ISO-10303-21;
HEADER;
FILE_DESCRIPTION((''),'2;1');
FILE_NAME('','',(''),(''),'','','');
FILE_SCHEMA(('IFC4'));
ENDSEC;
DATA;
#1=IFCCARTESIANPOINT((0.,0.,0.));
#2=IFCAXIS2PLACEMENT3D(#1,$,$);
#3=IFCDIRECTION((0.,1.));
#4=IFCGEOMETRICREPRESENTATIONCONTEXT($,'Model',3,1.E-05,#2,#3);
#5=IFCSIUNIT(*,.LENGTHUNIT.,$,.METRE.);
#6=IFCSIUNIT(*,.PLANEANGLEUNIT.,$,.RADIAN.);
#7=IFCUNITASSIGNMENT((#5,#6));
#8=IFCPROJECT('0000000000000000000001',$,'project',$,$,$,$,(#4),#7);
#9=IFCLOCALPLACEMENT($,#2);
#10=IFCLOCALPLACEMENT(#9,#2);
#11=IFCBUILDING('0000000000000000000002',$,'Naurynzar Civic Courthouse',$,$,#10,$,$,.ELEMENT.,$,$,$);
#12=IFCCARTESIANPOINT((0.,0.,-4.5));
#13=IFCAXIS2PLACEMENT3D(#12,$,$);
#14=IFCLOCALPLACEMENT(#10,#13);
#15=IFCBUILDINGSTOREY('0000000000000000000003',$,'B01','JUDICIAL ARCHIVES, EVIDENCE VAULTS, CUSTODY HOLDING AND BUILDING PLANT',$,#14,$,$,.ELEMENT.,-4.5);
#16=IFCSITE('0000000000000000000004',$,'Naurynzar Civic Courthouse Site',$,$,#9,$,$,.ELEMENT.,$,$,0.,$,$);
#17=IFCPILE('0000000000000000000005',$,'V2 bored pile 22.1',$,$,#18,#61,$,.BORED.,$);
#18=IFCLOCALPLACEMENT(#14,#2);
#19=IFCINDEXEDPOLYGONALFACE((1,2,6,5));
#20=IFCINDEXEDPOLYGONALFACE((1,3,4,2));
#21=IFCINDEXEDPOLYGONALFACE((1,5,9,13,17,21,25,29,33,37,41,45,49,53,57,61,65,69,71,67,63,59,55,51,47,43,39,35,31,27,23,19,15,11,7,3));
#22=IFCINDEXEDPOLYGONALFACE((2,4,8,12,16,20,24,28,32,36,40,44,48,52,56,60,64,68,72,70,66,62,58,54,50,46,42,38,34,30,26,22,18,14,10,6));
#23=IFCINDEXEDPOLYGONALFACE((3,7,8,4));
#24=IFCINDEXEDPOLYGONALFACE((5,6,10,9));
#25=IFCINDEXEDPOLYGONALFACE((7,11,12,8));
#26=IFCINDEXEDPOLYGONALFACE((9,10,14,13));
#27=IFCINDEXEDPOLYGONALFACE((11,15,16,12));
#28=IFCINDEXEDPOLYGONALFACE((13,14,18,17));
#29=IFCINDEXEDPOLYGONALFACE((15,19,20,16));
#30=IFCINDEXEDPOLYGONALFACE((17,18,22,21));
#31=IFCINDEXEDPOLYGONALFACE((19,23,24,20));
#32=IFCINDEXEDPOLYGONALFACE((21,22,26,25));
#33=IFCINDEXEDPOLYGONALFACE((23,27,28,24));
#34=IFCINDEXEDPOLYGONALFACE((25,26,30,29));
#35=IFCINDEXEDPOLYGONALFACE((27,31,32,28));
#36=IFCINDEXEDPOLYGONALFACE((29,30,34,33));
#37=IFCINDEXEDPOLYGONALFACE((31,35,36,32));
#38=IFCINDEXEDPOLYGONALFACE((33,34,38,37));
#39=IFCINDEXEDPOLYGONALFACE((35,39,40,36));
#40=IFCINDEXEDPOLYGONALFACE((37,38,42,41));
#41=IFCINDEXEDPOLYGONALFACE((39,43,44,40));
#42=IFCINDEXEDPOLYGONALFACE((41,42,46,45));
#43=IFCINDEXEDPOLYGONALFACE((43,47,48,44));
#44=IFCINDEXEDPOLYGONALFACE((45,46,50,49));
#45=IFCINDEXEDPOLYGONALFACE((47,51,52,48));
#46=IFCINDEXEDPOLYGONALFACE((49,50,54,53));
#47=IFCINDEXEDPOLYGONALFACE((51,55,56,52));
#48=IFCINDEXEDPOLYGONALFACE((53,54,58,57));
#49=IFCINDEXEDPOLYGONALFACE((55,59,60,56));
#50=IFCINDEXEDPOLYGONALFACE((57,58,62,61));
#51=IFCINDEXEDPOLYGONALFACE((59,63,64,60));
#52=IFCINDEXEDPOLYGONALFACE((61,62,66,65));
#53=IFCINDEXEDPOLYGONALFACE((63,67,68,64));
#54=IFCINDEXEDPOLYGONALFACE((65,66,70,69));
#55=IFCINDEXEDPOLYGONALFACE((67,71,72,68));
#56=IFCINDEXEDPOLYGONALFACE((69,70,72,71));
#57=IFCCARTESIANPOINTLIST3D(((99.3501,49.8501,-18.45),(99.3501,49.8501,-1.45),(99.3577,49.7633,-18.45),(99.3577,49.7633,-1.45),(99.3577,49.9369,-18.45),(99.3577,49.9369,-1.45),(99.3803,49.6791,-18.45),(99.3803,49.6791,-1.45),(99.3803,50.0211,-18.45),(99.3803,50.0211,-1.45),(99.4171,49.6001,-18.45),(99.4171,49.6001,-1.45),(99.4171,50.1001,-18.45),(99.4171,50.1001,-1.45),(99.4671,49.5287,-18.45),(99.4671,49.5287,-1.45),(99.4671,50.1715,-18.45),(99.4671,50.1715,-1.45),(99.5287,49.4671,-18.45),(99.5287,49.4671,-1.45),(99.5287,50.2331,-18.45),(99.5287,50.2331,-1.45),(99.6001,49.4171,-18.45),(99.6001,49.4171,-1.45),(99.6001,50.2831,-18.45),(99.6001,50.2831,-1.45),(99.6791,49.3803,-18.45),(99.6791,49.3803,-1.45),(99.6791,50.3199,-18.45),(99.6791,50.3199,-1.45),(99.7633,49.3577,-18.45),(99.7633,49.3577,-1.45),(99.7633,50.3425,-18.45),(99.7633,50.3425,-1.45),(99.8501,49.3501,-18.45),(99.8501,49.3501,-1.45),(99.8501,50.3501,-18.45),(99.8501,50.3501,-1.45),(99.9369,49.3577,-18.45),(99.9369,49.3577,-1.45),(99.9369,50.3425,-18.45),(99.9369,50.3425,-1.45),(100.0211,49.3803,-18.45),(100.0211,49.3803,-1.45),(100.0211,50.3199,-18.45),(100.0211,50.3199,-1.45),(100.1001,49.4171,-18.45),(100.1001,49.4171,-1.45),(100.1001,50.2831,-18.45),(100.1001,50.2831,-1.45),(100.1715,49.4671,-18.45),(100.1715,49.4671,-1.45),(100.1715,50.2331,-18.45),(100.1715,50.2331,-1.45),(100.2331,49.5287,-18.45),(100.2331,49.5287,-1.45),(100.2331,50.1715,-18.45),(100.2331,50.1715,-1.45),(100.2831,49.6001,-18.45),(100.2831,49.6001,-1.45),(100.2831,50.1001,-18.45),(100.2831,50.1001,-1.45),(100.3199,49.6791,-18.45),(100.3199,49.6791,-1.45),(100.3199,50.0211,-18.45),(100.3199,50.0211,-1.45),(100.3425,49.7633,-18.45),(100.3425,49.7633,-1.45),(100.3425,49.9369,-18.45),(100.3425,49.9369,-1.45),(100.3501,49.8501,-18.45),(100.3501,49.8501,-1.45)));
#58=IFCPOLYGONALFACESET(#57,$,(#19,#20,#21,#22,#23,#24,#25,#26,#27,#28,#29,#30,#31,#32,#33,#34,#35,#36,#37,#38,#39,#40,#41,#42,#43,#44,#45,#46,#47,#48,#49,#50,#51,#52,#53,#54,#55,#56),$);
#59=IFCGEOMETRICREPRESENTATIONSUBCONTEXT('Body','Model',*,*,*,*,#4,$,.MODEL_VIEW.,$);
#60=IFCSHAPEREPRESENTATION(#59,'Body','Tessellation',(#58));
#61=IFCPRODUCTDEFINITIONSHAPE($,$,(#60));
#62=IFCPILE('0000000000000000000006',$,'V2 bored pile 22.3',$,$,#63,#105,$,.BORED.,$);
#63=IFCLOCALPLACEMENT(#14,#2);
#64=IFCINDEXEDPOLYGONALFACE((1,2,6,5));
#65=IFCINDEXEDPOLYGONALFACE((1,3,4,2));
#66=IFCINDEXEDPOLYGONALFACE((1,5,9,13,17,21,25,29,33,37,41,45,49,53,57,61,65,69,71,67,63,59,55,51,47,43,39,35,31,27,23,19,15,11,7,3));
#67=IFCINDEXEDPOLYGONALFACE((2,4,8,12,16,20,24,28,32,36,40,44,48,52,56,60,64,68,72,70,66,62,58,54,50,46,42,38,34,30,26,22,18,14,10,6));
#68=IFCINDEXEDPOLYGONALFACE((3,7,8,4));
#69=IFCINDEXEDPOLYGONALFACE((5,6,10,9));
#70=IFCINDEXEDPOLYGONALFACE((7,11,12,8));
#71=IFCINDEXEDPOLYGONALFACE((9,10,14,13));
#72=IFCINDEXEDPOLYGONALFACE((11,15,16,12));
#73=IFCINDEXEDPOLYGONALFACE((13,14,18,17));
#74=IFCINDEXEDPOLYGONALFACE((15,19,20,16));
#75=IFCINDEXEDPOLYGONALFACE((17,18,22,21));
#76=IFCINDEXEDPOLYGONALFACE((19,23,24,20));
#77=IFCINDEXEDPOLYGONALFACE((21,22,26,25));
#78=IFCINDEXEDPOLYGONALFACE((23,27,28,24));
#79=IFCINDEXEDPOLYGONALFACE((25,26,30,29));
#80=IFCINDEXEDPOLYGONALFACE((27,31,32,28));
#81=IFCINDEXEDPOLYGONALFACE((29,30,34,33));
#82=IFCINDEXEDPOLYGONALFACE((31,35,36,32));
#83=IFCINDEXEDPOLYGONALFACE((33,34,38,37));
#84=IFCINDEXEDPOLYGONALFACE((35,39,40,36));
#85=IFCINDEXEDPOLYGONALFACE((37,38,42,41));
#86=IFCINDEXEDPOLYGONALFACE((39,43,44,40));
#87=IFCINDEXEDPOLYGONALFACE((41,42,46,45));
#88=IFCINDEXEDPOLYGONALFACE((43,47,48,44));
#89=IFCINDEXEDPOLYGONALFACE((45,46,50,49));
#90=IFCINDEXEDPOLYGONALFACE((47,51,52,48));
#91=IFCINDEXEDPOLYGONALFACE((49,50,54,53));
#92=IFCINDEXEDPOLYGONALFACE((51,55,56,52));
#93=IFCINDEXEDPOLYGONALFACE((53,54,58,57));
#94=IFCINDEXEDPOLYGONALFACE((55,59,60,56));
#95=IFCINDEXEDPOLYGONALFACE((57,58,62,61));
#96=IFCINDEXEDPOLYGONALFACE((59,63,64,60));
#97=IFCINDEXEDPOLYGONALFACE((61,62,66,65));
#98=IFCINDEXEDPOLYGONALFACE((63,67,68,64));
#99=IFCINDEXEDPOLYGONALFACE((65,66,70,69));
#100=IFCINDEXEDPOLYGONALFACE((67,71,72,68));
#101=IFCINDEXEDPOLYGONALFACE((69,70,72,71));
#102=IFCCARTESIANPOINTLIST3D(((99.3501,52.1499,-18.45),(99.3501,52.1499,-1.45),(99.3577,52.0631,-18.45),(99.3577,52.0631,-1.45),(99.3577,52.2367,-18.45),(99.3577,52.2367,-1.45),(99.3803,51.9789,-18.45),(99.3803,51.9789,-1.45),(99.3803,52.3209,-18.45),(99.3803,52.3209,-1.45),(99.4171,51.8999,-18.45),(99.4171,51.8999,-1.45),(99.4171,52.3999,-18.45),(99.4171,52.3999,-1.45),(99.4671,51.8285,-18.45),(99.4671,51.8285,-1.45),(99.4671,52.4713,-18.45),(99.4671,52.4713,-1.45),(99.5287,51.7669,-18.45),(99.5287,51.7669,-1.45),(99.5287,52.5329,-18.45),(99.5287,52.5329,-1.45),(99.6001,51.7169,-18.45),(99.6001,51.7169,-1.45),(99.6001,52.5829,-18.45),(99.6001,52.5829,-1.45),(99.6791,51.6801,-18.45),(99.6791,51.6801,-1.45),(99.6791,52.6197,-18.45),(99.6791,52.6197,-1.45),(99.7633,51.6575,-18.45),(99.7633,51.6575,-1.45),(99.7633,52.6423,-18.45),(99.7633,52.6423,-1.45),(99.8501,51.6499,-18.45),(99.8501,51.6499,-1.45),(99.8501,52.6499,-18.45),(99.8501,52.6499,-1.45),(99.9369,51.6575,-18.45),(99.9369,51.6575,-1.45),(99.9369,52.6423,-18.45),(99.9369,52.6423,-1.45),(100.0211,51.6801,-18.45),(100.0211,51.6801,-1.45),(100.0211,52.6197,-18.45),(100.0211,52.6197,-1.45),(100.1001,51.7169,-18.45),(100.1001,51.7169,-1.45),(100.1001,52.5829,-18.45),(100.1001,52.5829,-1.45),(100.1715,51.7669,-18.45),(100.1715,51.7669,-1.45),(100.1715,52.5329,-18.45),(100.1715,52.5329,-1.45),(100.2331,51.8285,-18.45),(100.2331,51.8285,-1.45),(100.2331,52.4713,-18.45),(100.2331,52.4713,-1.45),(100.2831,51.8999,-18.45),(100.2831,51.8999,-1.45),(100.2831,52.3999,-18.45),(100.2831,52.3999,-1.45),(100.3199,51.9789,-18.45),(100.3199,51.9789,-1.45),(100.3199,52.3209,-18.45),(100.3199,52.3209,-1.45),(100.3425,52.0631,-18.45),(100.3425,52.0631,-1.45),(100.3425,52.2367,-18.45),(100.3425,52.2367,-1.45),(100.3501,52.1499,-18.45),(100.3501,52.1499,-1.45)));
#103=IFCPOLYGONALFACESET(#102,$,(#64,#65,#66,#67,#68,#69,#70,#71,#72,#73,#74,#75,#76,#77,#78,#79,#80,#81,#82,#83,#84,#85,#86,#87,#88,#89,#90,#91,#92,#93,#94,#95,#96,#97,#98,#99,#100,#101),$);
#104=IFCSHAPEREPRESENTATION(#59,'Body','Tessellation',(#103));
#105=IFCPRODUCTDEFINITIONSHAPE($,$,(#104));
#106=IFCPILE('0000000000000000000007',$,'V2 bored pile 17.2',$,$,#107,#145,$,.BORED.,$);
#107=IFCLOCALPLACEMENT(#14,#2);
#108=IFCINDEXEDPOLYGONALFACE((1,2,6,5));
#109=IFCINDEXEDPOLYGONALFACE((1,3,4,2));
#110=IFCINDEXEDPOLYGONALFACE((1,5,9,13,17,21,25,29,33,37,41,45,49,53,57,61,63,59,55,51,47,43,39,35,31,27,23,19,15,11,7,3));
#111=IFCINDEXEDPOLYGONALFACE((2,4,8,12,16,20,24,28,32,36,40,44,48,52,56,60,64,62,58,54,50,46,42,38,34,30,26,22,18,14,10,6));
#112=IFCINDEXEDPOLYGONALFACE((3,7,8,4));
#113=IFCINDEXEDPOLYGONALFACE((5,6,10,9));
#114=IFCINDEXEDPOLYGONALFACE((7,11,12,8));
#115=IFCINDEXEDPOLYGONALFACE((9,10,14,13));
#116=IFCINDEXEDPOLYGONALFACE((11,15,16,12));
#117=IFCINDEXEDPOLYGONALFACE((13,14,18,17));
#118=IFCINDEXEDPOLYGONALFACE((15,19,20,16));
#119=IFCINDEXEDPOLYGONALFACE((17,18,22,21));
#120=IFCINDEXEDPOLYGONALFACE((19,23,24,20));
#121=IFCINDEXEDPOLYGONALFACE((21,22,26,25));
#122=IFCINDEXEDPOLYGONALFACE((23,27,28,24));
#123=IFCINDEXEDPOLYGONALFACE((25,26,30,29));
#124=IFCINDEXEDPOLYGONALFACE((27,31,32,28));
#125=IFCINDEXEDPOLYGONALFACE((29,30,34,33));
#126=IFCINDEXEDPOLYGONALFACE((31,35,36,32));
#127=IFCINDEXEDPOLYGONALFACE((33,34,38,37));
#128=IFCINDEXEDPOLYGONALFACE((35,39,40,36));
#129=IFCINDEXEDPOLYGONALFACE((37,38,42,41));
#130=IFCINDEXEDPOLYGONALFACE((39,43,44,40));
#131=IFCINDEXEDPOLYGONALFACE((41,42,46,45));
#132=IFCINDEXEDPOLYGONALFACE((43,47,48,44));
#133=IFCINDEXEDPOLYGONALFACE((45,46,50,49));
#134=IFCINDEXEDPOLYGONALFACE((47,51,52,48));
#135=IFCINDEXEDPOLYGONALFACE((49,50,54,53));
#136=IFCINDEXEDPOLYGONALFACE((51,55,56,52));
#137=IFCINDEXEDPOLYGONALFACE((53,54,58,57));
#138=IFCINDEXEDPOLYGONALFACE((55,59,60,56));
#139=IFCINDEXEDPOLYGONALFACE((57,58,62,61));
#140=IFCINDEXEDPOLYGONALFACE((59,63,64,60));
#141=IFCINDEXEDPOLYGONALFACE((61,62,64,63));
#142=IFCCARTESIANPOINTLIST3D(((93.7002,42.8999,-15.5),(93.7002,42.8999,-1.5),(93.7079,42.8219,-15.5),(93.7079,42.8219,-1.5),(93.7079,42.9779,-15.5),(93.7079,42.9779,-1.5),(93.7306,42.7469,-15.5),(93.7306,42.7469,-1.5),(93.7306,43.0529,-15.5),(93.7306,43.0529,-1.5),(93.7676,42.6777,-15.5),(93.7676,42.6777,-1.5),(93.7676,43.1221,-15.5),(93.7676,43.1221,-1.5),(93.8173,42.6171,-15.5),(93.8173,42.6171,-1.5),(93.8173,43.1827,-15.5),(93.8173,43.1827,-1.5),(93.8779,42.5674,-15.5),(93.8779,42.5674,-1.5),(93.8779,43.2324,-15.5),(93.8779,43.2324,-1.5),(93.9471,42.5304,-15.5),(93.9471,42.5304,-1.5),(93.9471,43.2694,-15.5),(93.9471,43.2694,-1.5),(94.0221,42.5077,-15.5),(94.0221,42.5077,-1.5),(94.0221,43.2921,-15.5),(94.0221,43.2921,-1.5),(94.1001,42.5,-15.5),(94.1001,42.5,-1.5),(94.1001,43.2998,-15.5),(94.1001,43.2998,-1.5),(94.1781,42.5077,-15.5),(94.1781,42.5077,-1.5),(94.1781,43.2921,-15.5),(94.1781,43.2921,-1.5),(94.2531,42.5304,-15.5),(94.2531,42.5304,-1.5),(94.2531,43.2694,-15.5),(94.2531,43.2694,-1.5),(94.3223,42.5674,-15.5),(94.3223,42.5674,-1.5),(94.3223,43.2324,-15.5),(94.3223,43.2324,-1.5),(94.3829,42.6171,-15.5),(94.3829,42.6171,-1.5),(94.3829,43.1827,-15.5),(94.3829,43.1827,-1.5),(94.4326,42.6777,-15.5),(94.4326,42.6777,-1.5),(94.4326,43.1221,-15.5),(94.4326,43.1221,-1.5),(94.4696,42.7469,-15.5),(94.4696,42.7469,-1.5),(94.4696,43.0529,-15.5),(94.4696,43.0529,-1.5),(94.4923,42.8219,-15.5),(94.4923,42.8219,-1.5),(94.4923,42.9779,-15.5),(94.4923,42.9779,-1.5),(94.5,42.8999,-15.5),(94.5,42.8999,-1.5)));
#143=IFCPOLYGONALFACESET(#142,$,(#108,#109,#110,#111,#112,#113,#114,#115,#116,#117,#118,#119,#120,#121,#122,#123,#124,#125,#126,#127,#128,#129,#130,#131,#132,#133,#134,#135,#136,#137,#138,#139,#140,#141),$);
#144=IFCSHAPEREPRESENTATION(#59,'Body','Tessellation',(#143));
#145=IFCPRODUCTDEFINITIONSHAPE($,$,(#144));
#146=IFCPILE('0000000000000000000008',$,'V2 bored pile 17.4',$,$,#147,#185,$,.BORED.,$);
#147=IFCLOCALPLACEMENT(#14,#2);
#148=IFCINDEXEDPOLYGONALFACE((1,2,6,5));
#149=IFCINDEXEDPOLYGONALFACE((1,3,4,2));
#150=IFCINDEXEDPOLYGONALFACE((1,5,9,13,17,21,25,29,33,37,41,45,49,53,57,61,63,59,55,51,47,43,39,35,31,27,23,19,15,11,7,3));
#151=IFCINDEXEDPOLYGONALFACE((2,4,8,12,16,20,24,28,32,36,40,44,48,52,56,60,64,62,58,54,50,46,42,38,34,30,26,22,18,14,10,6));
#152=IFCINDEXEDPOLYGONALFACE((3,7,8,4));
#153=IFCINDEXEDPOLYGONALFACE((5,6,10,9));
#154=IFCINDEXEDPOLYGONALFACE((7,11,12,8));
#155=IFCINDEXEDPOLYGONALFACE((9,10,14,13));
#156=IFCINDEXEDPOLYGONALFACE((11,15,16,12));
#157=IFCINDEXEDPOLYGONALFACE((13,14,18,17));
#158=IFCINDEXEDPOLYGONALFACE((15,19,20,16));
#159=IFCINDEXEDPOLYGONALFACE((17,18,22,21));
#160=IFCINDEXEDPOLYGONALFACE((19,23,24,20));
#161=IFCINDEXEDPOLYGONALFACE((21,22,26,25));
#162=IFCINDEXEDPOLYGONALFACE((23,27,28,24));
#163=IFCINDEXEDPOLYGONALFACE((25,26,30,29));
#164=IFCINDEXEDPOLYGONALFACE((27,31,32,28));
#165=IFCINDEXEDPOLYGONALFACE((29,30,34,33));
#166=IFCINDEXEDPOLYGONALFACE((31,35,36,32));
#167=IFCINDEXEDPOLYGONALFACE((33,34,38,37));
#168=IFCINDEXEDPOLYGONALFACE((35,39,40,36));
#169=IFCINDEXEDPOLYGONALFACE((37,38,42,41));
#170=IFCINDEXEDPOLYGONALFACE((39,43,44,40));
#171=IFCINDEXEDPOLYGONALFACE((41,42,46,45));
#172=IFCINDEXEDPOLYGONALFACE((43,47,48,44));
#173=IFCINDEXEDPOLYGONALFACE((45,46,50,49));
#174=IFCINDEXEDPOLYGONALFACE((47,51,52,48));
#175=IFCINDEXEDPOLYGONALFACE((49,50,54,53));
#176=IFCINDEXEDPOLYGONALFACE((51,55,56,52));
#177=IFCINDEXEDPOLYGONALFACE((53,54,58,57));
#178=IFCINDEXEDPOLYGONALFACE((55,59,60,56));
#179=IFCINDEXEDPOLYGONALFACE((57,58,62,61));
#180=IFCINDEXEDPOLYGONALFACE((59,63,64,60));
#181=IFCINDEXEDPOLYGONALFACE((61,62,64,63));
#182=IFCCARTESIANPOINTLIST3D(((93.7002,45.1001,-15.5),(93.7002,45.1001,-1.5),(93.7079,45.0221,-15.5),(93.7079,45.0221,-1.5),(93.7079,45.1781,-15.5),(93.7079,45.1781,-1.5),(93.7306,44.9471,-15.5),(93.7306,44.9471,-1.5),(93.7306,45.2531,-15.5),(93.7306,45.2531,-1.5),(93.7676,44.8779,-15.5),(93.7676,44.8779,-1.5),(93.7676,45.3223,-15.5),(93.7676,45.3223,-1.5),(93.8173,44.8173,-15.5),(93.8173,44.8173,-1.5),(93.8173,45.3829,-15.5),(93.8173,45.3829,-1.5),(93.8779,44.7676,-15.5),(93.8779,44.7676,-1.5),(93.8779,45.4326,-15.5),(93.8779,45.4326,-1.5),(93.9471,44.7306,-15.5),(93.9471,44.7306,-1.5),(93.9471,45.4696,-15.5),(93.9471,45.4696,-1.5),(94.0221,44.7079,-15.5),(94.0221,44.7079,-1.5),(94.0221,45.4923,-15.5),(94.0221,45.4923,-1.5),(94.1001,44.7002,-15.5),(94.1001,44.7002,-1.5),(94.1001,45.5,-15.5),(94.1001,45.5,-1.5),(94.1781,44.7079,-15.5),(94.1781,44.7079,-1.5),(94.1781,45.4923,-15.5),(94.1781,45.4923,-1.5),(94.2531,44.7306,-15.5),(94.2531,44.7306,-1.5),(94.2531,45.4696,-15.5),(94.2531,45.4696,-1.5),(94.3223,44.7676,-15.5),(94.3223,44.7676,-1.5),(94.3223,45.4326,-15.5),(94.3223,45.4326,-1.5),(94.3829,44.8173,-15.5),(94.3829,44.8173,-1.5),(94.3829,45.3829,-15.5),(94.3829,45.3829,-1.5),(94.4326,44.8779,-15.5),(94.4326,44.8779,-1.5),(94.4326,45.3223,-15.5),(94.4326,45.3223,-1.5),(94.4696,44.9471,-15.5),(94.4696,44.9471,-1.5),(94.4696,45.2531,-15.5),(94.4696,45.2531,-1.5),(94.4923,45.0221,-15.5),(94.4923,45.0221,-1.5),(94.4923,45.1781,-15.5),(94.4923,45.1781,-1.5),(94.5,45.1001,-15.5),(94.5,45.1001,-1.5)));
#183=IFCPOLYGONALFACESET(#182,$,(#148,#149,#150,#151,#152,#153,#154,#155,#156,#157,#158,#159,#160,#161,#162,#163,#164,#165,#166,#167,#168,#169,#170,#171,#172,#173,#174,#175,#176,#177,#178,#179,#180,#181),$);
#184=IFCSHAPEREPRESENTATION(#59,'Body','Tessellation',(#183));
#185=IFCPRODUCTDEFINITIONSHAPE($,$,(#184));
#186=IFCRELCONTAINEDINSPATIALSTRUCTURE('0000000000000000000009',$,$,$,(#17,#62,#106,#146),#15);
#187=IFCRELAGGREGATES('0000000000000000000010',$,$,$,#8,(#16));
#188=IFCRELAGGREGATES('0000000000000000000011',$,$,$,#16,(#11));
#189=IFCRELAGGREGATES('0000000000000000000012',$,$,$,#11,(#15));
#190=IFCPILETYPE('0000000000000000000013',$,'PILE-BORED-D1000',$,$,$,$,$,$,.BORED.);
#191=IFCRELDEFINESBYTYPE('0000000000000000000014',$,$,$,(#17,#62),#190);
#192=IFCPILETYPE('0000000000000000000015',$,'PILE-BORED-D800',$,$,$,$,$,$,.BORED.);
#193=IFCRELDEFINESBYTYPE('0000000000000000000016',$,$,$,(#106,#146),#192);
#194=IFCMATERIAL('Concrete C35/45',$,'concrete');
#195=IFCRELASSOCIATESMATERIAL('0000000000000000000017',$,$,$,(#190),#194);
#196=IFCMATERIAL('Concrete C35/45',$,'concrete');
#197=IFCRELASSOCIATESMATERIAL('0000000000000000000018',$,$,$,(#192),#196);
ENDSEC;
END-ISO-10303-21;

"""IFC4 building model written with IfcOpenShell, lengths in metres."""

from ifc_helpers import new_model, si_unit, direction, frame, origin, origin_2d, place, context, subcontext, project, spatial, circle, extrude, material, material_profile, profile_set, type_object, element, save


model = new_model("IFC4")

# Units and contexts
model_context = context("Model", 3, precision=1e-05, world=origin(), true_north=direction((0.0, 1.0)))
body_context = subcontext(model_context, "Body", "Model", "MODEL_VIEW")
ifc_project = project(units=[si_unit("LENGTHUNIT", "METRE"), si_unit("PLANEANGLEUNIT", "RADIAN")], contexts=[model_context])

# Site, building, storey
site_placement = place(None, origin())
site = spatial("IfcSite", under=ifc_project, at=site_placement, Name="Naurynzar Civic Courthouse Site", CompositionType="ELEMENT", RefElevation=0.0)
building_placement = place(site_placement, origin())
building = spatial("IfcBuilding", under=site, at=building_placement, Name="Naurynzar Civic Courthouse", CompositionType="ELEMENT")
storey_placement = place(building_placement, frame((0.0, 0.0, -4.5)))
storey = spatial("IfcBuildingStorey", under=building, at=storey_placement, Name="B01", Description="JUDICIAL ARCHIVES, EVIDENCE VAULTS, CUSTODY HOLDING AND BUILDING PLANT", CompositionType="ELEMENT", Elevation=-4.5)

# Piles
ifc_material_1 = material(Name="Concrete C35/45", Category="concrete")
ifc_material_profile_1 = material_profile(ifc_material_1, circle(Radius=0.5, at=origin_2d()), Name="PILE D1000")
ifc_profile_set_1 = profile_set([ifc_material_profile_1], Name="Concrete C35/45")
pile_type_1 = type_object("IfcPileType", Name="PILE-BORED-D1000", PredefinedType="BORED", material=ifc_profile_set_1)
for number, where, z_axis, x_axis, name in (
    (1, (99.8501, 49.8501, -1.45), (0.0, 0.0, -1.0), (1.0, 0.0, 0.0), "V2 bored pile 22.1"),
    (2, (99.8501, 52.1499, -1.45), (0.0, 0.0, -1.0), (1.0, 0.0, 0.0), "V2 bored pile 22.3"),
):
    element("IfcPile", number, at=place(storey_placement, frame(where, z_axis=z_axis, x_axis=x_axis)), inside=storey, type_object=pile_type_1, Name=name, PredefinedType="BORED", context=body_context, shape_type="SweptSolid", body=[
        extrude(circle(Radius=0.5, at=origin_2d()), origin(), (0.0, 0.0, 1.0), 17.0),
    ])
ifc_material_2 = material(Name="Concrete C35/45", Category="concrete")
ifc_material_profile_2 = material_profile(ifc_material_2, circle(Radius=0.3999, at=origin_2d()), Name="PILE D800")
ifc_profile_set_2 = profile_set([ifc_material_profile_2], Name="Concrete C35/45")
pile_type_2 = type_object("IfcPileType", Name="PILE-BORED-D800", PredefinedType="BORED", material=ifc_profile_set_2)
for number, where, z_axis, x_axis, name in (
    (3, (94.1001, 42.8999, -1.5), (0.0, 0.0, -1.0), (1.0, 0.0, 0.0), "V2 bored pile 17.2"),
    (4, (94.1001, 45.1001, -1.5), (0.0, 0.0, -1.0), (1.0, 0.0, 0.0), "V2 bored pile 17.4"),
):
    element("IfcPile", number, at=place(storey_placement, frame(where, z_axis=z_axis, x_axis=x_axis)), inside=storey, type_object=pile_type_2, Name=name, PredefinedType="BORED", context=body_context, shape_type="SweptSolid", body=[
        extrude(circle(Radius=0.3999, at=origin_2d()), origin(), (0.0, 0.0, 1.0), 14.0),
    ])

save(model, "model.ifc")
